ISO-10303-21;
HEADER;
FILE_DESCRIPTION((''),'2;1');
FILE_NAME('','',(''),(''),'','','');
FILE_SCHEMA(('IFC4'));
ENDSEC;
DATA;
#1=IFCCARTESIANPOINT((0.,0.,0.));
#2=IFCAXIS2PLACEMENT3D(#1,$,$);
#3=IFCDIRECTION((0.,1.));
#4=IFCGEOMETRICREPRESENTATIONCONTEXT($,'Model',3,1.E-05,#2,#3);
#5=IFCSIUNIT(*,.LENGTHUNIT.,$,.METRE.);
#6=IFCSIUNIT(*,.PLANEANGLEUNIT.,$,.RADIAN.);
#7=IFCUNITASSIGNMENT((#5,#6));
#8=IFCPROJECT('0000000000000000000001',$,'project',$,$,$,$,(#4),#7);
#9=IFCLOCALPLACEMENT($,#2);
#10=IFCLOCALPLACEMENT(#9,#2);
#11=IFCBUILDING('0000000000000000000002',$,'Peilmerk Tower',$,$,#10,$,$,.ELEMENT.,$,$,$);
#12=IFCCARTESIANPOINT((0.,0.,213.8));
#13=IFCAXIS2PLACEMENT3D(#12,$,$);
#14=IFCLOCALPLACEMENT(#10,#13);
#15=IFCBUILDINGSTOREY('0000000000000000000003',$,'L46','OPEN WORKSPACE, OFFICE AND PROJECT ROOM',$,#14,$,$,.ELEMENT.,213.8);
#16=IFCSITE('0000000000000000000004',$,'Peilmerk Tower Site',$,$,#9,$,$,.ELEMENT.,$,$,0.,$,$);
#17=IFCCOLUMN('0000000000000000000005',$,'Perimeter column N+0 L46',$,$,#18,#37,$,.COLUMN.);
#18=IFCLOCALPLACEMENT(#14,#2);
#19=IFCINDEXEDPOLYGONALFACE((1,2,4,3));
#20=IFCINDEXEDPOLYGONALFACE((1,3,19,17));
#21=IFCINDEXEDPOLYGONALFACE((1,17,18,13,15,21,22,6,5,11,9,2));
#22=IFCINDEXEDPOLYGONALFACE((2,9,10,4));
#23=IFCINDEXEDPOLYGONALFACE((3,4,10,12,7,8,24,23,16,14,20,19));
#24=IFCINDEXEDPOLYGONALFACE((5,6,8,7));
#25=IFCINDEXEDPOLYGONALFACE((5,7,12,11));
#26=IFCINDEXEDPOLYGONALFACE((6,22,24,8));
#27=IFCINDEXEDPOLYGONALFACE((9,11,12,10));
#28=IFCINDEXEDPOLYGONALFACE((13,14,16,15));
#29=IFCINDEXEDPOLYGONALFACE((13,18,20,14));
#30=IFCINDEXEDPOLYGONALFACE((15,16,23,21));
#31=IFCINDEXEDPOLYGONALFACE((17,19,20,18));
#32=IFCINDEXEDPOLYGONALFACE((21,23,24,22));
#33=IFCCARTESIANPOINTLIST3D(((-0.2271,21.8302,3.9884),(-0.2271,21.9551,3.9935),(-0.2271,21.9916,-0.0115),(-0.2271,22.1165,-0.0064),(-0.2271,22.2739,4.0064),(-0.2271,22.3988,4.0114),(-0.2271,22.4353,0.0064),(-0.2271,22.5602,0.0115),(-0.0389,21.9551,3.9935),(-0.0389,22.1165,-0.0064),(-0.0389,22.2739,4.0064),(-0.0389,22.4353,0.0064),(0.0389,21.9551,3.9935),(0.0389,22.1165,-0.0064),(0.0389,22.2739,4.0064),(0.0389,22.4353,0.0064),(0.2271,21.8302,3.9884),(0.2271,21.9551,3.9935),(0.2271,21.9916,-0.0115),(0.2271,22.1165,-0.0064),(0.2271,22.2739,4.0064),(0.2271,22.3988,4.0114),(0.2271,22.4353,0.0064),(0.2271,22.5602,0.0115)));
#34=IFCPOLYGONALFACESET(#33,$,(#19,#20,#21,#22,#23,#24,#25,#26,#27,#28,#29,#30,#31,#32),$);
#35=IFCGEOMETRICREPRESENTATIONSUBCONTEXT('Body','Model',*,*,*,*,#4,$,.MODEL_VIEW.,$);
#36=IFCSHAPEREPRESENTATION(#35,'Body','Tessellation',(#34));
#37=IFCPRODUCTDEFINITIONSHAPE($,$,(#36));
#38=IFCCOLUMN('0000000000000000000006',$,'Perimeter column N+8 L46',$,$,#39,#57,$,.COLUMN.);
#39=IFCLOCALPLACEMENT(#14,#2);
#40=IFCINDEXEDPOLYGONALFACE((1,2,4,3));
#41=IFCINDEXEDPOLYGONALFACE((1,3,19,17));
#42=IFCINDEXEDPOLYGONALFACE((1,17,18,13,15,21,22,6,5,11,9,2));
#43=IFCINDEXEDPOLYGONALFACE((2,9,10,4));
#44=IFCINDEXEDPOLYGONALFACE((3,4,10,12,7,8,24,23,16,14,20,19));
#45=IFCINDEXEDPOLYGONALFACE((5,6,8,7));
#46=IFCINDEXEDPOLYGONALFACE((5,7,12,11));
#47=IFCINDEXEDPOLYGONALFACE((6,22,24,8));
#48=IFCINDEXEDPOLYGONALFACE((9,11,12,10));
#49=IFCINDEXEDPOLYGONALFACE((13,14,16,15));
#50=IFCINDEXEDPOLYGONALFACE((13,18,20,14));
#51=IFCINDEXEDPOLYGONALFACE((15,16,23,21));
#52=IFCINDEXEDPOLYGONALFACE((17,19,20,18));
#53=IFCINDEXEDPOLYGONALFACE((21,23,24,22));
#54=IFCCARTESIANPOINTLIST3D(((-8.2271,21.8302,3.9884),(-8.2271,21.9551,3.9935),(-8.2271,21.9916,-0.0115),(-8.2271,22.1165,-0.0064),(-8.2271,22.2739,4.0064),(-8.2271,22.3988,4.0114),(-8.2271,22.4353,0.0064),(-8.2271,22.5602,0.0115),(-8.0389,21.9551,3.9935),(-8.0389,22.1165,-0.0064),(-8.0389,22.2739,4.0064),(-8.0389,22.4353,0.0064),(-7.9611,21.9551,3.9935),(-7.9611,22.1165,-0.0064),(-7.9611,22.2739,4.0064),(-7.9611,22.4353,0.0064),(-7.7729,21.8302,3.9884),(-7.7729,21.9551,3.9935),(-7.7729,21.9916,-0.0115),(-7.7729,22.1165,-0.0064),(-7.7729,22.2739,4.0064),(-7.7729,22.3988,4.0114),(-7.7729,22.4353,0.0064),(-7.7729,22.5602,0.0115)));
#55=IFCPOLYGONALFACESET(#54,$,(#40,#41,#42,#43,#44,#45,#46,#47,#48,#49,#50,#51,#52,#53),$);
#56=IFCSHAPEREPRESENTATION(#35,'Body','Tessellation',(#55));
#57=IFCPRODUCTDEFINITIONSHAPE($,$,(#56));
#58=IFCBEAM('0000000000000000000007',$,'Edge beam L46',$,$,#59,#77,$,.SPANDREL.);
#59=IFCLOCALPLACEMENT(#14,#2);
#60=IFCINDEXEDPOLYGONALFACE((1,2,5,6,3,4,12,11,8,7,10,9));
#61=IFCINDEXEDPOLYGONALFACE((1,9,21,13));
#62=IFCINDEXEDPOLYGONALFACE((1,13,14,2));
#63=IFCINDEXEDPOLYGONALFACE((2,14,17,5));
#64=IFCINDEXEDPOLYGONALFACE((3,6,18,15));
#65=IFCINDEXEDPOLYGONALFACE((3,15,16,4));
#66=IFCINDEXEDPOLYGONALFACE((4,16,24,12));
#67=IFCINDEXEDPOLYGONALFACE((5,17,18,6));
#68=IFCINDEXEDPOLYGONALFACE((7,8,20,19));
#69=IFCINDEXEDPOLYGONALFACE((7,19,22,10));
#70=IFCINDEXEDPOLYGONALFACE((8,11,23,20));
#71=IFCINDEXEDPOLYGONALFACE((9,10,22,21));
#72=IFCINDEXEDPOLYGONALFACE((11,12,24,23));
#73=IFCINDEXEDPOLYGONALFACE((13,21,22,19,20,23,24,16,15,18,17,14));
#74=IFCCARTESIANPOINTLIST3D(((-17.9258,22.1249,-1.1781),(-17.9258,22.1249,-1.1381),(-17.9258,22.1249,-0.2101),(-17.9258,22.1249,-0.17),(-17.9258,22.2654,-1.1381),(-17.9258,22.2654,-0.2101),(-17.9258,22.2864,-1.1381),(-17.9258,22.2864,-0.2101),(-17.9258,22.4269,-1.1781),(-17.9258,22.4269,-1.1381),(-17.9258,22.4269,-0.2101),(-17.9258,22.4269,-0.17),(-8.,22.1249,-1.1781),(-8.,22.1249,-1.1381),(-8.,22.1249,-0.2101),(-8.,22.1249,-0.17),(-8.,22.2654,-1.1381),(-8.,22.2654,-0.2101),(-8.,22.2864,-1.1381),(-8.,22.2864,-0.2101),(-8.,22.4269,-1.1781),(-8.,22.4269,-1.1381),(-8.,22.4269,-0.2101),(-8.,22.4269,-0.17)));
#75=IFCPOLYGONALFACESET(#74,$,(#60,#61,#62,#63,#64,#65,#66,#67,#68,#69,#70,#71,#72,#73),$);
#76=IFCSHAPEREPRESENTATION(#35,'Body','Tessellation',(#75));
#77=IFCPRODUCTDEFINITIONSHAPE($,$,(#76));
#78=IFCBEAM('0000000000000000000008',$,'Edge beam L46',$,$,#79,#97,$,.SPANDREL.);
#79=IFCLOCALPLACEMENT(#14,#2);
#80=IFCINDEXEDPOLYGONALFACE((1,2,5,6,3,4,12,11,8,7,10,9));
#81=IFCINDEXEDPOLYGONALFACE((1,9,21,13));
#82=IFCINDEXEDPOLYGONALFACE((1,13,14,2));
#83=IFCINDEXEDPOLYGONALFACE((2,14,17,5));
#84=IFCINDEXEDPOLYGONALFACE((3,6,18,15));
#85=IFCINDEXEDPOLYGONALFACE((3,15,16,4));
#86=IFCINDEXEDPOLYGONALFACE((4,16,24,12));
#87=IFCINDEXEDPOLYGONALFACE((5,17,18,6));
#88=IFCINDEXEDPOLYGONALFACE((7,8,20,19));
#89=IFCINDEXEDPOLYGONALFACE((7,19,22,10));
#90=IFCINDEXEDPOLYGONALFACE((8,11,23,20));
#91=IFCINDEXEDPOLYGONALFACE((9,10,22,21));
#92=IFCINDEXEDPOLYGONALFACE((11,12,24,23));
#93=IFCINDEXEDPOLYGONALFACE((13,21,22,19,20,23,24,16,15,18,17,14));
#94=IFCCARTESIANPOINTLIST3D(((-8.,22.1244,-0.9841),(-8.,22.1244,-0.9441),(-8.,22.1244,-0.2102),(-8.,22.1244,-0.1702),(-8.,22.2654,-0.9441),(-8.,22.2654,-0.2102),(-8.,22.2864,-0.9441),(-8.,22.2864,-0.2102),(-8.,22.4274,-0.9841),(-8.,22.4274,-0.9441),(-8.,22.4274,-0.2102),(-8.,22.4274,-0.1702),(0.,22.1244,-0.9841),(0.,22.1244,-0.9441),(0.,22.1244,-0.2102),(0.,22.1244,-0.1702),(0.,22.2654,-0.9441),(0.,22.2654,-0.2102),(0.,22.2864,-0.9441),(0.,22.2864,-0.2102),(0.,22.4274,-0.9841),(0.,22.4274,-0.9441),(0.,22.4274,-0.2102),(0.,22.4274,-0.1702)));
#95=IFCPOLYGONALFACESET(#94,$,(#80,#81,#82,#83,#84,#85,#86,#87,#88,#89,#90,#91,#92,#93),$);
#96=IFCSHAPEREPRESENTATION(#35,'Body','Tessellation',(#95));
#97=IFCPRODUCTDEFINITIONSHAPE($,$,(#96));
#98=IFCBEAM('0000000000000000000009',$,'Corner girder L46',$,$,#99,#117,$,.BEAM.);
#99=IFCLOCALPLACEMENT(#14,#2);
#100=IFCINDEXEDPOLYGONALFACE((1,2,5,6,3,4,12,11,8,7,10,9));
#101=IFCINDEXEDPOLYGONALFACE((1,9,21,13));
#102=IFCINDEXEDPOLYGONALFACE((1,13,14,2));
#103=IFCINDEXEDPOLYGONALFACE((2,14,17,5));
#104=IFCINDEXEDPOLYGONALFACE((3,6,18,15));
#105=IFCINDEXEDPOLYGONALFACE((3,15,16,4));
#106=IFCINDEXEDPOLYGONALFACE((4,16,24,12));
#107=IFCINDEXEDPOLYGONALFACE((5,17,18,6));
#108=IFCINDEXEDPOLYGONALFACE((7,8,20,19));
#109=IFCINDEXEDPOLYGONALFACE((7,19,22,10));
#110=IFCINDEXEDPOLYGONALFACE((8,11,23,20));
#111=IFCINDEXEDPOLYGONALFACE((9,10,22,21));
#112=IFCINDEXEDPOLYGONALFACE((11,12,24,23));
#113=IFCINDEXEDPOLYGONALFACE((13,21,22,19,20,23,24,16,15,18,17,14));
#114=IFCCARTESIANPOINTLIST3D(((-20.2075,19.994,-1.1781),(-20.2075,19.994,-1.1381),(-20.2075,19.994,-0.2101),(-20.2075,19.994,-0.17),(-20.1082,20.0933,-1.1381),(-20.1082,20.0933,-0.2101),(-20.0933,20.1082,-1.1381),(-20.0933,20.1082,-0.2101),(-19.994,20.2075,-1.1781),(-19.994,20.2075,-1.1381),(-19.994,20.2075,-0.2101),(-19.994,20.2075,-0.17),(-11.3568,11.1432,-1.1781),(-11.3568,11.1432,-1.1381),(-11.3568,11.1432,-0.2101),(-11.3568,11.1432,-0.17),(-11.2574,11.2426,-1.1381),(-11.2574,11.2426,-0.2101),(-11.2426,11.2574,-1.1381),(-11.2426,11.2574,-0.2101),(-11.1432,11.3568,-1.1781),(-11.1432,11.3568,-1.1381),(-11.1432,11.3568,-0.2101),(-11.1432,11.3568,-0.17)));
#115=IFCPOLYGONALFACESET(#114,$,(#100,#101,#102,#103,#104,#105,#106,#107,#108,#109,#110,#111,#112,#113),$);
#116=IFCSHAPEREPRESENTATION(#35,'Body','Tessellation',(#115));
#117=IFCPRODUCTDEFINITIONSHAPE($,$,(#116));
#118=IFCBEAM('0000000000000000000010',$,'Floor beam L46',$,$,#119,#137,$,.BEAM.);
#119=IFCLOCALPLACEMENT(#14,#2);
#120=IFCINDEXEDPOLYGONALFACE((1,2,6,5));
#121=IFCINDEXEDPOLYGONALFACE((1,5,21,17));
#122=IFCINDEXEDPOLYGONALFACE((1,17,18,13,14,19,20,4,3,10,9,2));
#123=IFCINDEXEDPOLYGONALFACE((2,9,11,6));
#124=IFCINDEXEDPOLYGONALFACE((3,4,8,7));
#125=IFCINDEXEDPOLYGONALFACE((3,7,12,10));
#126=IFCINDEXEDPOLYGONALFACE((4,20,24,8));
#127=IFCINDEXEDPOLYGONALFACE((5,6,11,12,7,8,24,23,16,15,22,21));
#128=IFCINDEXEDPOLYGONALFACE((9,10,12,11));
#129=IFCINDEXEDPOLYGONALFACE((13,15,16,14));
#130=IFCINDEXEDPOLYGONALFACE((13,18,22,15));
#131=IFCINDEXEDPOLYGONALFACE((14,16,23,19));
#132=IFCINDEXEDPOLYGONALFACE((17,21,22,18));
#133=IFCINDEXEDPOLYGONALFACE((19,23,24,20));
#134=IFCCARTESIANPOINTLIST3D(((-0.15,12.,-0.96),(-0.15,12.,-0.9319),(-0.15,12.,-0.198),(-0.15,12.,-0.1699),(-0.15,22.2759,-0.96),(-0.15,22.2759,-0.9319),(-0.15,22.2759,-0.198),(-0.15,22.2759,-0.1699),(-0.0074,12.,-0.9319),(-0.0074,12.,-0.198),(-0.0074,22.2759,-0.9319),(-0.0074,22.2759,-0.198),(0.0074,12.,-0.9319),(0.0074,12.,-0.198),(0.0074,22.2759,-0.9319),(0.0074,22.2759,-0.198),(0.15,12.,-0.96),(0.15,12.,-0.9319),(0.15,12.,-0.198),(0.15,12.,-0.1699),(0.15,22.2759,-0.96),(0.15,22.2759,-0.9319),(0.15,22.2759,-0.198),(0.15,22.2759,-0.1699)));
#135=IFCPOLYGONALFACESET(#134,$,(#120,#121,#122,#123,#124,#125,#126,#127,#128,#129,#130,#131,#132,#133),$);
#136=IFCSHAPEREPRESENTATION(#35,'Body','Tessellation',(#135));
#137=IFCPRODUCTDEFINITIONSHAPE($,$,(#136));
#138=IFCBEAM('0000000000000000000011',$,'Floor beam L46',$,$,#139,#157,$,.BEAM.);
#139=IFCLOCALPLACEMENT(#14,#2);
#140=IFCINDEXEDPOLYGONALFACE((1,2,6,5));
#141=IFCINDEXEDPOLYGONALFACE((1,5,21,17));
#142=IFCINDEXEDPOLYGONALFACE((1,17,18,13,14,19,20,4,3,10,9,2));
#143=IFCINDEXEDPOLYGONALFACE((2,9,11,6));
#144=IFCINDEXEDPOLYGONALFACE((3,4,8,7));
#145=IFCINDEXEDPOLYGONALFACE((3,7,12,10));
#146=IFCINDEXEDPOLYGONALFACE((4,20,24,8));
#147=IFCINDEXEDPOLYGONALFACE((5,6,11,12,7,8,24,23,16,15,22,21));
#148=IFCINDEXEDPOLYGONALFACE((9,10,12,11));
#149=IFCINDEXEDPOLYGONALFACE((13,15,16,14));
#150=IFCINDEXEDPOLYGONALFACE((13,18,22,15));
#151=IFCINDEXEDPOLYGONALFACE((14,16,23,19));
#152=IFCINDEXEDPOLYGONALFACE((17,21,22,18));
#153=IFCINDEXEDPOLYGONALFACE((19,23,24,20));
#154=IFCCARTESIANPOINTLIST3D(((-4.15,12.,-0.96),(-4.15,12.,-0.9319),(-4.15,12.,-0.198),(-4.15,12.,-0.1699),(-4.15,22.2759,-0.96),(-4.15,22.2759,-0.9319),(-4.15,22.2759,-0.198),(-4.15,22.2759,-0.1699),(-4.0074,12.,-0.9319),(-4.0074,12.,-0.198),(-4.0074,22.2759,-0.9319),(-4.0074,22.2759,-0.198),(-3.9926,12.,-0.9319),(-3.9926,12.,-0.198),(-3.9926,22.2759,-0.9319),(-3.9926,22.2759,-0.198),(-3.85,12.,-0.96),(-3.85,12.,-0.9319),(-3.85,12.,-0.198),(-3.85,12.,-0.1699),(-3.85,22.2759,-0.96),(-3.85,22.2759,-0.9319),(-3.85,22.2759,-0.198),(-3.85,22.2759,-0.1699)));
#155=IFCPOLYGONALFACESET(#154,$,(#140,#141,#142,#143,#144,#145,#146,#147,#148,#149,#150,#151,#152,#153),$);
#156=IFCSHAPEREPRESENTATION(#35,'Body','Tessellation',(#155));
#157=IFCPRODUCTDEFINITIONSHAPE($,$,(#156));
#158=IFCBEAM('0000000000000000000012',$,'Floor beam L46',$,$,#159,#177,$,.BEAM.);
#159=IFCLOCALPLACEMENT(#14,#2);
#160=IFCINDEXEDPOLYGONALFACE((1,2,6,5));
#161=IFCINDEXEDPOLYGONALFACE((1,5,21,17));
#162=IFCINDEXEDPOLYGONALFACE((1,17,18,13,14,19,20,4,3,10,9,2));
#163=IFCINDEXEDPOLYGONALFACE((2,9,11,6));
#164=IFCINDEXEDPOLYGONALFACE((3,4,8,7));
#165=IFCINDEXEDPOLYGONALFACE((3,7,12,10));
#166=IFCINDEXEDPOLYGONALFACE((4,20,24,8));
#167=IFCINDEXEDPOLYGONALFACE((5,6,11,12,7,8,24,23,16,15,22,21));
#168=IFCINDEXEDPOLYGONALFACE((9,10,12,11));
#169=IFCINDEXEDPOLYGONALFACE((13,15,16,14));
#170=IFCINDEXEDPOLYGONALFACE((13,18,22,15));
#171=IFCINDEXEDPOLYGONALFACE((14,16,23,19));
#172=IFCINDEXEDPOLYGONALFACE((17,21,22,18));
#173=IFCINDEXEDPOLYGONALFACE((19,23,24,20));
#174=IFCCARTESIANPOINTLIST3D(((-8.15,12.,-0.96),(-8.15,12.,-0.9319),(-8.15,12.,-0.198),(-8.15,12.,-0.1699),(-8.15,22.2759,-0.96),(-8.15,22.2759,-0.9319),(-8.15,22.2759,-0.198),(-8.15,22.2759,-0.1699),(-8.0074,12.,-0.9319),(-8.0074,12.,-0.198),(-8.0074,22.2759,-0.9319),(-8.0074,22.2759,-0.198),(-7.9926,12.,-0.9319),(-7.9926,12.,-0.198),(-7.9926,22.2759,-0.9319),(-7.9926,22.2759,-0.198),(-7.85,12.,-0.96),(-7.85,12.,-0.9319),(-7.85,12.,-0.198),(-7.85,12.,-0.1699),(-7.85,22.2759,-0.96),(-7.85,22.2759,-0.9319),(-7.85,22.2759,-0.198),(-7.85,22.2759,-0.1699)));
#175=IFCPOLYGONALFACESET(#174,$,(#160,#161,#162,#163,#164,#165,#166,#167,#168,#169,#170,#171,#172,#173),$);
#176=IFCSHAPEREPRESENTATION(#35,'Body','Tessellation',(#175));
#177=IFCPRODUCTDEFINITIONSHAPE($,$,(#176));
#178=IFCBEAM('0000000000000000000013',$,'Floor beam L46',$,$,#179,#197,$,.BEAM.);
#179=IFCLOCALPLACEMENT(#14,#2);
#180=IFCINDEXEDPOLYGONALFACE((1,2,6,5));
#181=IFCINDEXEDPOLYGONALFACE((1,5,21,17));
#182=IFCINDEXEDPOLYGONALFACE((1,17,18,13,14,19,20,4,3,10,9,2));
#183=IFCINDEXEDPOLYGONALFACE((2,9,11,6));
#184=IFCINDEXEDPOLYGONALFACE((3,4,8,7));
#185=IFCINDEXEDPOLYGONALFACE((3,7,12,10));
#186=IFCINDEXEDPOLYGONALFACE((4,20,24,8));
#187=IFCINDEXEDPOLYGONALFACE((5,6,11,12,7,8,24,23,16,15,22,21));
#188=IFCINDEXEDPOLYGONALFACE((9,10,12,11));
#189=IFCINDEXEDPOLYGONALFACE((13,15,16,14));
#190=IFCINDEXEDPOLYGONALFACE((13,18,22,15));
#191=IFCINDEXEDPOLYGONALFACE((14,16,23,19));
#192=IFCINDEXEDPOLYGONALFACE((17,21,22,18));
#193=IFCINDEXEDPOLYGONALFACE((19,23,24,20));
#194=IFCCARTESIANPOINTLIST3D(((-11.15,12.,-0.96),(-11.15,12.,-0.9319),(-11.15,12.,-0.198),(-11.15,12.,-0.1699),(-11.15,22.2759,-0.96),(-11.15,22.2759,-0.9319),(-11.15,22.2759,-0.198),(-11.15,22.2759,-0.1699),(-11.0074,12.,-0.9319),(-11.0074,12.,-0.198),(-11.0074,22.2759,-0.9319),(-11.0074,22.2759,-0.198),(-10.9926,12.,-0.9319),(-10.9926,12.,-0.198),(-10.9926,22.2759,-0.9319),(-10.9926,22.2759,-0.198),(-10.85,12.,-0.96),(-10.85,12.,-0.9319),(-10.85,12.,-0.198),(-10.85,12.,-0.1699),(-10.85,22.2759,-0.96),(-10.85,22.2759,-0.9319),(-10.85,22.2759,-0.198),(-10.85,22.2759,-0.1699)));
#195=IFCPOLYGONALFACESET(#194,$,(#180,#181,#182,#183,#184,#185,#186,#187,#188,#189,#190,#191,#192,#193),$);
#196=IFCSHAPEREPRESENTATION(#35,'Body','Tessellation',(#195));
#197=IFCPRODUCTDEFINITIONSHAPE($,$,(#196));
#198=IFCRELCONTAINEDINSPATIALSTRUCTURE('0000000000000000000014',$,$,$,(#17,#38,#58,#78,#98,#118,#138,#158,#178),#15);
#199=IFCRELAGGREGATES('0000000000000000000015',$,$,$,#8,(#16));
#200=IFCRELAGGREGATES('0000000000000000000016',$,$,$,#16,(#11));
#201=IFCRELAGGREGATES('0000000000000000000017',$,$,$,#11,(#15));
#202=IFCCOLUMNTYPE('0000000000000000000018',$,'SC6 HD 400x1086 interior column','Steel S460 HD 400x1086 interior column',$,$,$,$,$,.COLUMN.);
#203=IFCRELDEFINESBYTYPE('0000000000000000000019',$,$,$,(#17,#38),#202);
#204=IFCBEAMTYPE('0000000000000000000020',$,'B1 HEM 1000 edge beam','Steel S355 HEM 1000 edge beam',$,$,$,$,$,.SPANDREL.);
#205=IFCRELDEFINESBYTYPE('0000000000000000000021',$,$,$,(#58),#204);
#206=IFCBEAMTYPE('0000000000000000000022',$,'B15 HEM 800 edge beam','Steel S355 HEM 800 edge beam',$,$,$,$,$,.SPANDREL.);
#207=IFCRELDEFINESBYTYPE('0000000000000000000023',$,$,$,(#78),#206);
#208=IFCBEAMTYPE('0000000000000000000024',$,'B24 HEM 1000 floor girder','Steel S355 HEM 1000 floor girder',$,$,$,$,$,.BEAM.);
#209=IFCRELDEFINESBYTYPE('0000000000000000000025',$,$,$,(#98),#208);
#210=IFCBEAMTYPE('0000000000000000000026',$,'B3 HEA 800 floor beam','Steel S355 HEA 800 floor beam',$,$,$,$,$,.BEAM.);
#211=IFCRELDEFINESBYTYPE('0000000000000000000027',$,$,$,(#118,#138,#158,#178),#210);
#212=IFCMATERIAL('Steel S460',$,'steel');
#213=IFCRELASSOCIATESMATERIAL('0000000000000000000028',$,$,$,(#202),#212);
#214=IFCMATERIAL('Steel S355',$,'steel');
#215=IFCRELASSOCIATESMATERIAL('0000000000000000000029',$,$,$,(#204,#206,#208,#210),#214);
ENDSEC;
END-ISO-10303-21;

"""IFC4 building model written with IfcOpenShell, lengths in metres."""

from ifc_helpers import new_model, si_unit, direction, frame, origin, origin_2d, place, context, subcontext, project, spatial, i_section, extrude, material, material_profile, profile_set, type_object, element, save


model = new_model("IFC4")

# Units and contexts
model_context = context("Model", 3, precision=1e-05, world=origin(), true_north=direction((0.0, 1.0)))
body_context = subcontext(model_context, "Body", "Model", "MODEL_VIEW")
ifc_project = project(units=[si_unit("LENGTHUNIT", "METRE"), si_unit("PLANEANGLEUNIT", "RADIAN")], contexts=[model_context])

# Site, building, storey
site_placement = place(None, origin())
site = spatial("IfcSite", under=ifc_project, at=site_placement, Name="Peilmerk Tower Site", CompositionType="ELEMENT", RefElevation=0.0)
building_placement = place(site_placement, origin())
building = spatial("IfcBuilding", under=site, at=building_placement, Name="Peilmerk Tower", CompositionType="ELEMENT")
storey_placement = place(building_placement, frame((0.0, 0.0, 213.8)))
storey = spatial("IfcBuildingStorey", under=building, at=storey_placement, Name="L46", Description="OPEN WORKSPACE, OFFICE AND PROJECT ROOM", CompositionType="ELEMENT", Elevation=213.8)

# Columns
ifc_material_1 = material(Name="Steel S460", Category="steel")
ifc_material_profile_1 = material_profile(ifc_material_1, i_section(OverallWidth=0.4541, OverallDepth=0.5691, WebThickness=0.0779, FlangeThickness=0.125, at=origin_2d()), Name="HD 400x1086")
ifc_profile_set_1 = profile_set([ifc_material_profile_1], Name="Steel S460")
column_type = type_object("IfcColumnType", Name="SC6 HD 400x1086 interior column", Description="Steel S460 HD 400x1086 interior column", PredefinedType="COLUMN", material=ifc_profile_set_1)
for number, where, z_axis, x_axis, name in (
    (1, (0.0, 22.2759, 0.0), (0.0, -0.040311, 0.999187), (1.0, 0.0, 0.0), "Perimeter column N+0 L46"),
    (2, (-8.0, 22.2759, 0.0), (0.0, -0.040311, 0.999187), (1.0, 0.0, 0.0), "Perimeter column N+8 L46"),
):
    element("IfcColumn", number, at=place(storey_placement, frame(where, z_axis=z_axis, x_axis=x_axis)), inside=storey, type_object=column_type, Name=name, PredefinedType="COLUMN", context=body_context, shape_type="SweptSolid", body=[
        extrude(i_section(OverallWidth=0.4541, OverallDepth=0.5691, WebThickness=0.0779, FlangeThickness=0.125, at=origin_2d()), origin(), (0.0, 0.0, 1.0), 4.0032),
    ])

# Beams
ifc_material_2 = material(Name="Steel S355", Category="steel")
ifc_material_profile_2 = material_profile(ifc_material_2, i_section(OverallWidth=0.302, OverallDepth=1.0081, WebThickness=0.021, FlangeThickness=0.04, at=origin_2d()), Name="HEM 1000")
ifc_profile_set_2 = profile_set([ifc_material_profile_2], Name="Steel S355")
beam_type_1 = type_object("IfcBeamType", Name="B1 HEM 1000 edge beam", Description="Steel S355 HEM 1000 edge beam", PredefinedType="SPANDREL", material=ifc_profile_set_2)
beam_1_placement = place(storey_placement, frame((-8.0, 22.2759, -0.6741), z_axis=(-1.0, 0.0, 0.0), x_axis=(0.0, -1.0, 0.0)))
element("IfcBeam", 3, at=beam_1_placement, inside=storey, type_object=beam_type_1, Name="Edge beam L46", PredefinedType="SPANDREL", context=body_context, shape_type="SweptSolid", body=[
    extrude(i_section(OverallWidth=0.302, OverallDepth=1.0081, WebThickness=0.021, FlangeThickness=0.04, at=origin_2d()), origin(), (0.0, 0.0, 1.0), 9.9258),
])
ifc_material_profile_3 = material_profile(ifc_material_2, i_section(OverallWidth=0.303, OverallDepth=0.814, WebThickness=0.021, FlangeThickness=0.04, at=origin_2d()), Name="HEM 800")
ifc_profile_set_3 = profile_set([ifc_material_profile_3], Name="Steel S355")
beam_type_2 = type_object("IfcBeamType", Name="B15 HEM 800 edge beam", Description="Steel S355 HEM 800 edge beam", PredefinedType="SPANDREL", material=ifc_profile_set_3)
beam_2_placement = place(storey_placement, frame((0.0, 22.2759, -0.5771), z_axis=(-1.0, 0.0, 0.0), x_axis=(0.0, -1.0, 0.0)))
element("IfcBeam", 4, at=beam_2_placement, inside=storey, type_object=beam_type_2, Name="Edge beam L46", PredefinedType="SPANDREL", context=body_context, shape_type="SweptSolid", body=[
    extrude(i_section(OverallWidth=0.303, OverallDepth=0.814, WebThickness=0.021, FlangeThickness=0.04, at=origin_2d()), origin(), (0.0, 0.0, 1.0), 8.0),
])
ifc_material_profile_4 = material_profile(ifc_material_2, i_section(OverallWidth=0.302, OverallDepth=1.0081, WebThickness=0.021, FlangeThickness=0.04, at=origin_2d()), Name="HEM 1000")
ifc_profile_set_4 = profile_set([ifc_material_profile_4], Name="Steel S355")
beam_type_3 = type_object("IfcBeamType", Name="B24 HEM 1000 floor girder", Description="Steel S355 HEM 1000 floor girder", PredefinedType="BEAM", material=ifc_profile_set_4)
beam_3_placement = place(storey_placement, frame((-11.25, 11.25, -0.6741), z_axis=(-0.707107, 0.707107, 0.0), x_axis=(-0.707107, -0.707107, 0.0)))
element("IfcBeam", 5, at=beam_3_placement, inside=storey, type_object=beam_type_3, Name="Corner girder L46", PredefinedType="BEAM", context=body_context, shape_type="SweptSolid", body=[
    extrude(i_section(OverallWidth=0.302, OverallDepth=1.0081, WebThickness=0.021, FlangeThickness=0.04, at=origin_2d()), origin(), (0.0, 0.0, 1.0), 12.5168),
])
ifc_material_profile_5 = material_profile(ifc_material_2, i_section(OverallWidth=0.3, OverallDepth=0.79, WebThickness=0.0149, FlangeThickness=0.0281, at=origin_2d()), Name="HEA 800")
ifc_profile_set_5 = profile_set([ifc_material_profile_5], Name="Steel S355")
beam_type_4 = type_object("IfcBeamType", Name="B3 HEA 800 floor beam", Description="Steel S355 HEA 800 floor beam", PredefinedType="BEAM", material=ifc_profile_set_5)
for number, where, z_axis, x_axis, name in (
    (6, (0.0, 12.0, -0.5649), (0.0, 1.0, 0.0), (-1.0, 0.0, 0.0), "Floor beam L46"),
    (7, (-4.0, 12.0, -0.5649), (0.0, 1.0, 0.0), (-1.0, 0.0, 0.0), "Floor beam L46"),
    (8, (-8.0, 12.0, -0.5649), (0.0, 1.0, 0.0), (-1.0, 0.0, 0.0), "Floor beam L46"),
    (9, (-11.0, 12.0, -0.5649), (0.0, 1.0, 0.0), (-1.0, 0.0, 0.0), "Floor beam L46"),
):
    element("IfcBeam", number, at=place(storey_placement, frame(where, z_axis=z_axis, x_axis=x_axis)), inside=storey, type_object=beam_type_4, Name=name, PredefinedType="BEAM", context=body_context, shape_type="SweptSolid", body=[
        extrude(i_section(OverallWidth=0.3, OverallDepth=0.79, WebThickness=0.0149, FlangeThickness=0.0281, at=origin_2d()), origin(), (0.0, 0.0, 1.0), 10.2759),
    ])

save(model, "model.ifc")
